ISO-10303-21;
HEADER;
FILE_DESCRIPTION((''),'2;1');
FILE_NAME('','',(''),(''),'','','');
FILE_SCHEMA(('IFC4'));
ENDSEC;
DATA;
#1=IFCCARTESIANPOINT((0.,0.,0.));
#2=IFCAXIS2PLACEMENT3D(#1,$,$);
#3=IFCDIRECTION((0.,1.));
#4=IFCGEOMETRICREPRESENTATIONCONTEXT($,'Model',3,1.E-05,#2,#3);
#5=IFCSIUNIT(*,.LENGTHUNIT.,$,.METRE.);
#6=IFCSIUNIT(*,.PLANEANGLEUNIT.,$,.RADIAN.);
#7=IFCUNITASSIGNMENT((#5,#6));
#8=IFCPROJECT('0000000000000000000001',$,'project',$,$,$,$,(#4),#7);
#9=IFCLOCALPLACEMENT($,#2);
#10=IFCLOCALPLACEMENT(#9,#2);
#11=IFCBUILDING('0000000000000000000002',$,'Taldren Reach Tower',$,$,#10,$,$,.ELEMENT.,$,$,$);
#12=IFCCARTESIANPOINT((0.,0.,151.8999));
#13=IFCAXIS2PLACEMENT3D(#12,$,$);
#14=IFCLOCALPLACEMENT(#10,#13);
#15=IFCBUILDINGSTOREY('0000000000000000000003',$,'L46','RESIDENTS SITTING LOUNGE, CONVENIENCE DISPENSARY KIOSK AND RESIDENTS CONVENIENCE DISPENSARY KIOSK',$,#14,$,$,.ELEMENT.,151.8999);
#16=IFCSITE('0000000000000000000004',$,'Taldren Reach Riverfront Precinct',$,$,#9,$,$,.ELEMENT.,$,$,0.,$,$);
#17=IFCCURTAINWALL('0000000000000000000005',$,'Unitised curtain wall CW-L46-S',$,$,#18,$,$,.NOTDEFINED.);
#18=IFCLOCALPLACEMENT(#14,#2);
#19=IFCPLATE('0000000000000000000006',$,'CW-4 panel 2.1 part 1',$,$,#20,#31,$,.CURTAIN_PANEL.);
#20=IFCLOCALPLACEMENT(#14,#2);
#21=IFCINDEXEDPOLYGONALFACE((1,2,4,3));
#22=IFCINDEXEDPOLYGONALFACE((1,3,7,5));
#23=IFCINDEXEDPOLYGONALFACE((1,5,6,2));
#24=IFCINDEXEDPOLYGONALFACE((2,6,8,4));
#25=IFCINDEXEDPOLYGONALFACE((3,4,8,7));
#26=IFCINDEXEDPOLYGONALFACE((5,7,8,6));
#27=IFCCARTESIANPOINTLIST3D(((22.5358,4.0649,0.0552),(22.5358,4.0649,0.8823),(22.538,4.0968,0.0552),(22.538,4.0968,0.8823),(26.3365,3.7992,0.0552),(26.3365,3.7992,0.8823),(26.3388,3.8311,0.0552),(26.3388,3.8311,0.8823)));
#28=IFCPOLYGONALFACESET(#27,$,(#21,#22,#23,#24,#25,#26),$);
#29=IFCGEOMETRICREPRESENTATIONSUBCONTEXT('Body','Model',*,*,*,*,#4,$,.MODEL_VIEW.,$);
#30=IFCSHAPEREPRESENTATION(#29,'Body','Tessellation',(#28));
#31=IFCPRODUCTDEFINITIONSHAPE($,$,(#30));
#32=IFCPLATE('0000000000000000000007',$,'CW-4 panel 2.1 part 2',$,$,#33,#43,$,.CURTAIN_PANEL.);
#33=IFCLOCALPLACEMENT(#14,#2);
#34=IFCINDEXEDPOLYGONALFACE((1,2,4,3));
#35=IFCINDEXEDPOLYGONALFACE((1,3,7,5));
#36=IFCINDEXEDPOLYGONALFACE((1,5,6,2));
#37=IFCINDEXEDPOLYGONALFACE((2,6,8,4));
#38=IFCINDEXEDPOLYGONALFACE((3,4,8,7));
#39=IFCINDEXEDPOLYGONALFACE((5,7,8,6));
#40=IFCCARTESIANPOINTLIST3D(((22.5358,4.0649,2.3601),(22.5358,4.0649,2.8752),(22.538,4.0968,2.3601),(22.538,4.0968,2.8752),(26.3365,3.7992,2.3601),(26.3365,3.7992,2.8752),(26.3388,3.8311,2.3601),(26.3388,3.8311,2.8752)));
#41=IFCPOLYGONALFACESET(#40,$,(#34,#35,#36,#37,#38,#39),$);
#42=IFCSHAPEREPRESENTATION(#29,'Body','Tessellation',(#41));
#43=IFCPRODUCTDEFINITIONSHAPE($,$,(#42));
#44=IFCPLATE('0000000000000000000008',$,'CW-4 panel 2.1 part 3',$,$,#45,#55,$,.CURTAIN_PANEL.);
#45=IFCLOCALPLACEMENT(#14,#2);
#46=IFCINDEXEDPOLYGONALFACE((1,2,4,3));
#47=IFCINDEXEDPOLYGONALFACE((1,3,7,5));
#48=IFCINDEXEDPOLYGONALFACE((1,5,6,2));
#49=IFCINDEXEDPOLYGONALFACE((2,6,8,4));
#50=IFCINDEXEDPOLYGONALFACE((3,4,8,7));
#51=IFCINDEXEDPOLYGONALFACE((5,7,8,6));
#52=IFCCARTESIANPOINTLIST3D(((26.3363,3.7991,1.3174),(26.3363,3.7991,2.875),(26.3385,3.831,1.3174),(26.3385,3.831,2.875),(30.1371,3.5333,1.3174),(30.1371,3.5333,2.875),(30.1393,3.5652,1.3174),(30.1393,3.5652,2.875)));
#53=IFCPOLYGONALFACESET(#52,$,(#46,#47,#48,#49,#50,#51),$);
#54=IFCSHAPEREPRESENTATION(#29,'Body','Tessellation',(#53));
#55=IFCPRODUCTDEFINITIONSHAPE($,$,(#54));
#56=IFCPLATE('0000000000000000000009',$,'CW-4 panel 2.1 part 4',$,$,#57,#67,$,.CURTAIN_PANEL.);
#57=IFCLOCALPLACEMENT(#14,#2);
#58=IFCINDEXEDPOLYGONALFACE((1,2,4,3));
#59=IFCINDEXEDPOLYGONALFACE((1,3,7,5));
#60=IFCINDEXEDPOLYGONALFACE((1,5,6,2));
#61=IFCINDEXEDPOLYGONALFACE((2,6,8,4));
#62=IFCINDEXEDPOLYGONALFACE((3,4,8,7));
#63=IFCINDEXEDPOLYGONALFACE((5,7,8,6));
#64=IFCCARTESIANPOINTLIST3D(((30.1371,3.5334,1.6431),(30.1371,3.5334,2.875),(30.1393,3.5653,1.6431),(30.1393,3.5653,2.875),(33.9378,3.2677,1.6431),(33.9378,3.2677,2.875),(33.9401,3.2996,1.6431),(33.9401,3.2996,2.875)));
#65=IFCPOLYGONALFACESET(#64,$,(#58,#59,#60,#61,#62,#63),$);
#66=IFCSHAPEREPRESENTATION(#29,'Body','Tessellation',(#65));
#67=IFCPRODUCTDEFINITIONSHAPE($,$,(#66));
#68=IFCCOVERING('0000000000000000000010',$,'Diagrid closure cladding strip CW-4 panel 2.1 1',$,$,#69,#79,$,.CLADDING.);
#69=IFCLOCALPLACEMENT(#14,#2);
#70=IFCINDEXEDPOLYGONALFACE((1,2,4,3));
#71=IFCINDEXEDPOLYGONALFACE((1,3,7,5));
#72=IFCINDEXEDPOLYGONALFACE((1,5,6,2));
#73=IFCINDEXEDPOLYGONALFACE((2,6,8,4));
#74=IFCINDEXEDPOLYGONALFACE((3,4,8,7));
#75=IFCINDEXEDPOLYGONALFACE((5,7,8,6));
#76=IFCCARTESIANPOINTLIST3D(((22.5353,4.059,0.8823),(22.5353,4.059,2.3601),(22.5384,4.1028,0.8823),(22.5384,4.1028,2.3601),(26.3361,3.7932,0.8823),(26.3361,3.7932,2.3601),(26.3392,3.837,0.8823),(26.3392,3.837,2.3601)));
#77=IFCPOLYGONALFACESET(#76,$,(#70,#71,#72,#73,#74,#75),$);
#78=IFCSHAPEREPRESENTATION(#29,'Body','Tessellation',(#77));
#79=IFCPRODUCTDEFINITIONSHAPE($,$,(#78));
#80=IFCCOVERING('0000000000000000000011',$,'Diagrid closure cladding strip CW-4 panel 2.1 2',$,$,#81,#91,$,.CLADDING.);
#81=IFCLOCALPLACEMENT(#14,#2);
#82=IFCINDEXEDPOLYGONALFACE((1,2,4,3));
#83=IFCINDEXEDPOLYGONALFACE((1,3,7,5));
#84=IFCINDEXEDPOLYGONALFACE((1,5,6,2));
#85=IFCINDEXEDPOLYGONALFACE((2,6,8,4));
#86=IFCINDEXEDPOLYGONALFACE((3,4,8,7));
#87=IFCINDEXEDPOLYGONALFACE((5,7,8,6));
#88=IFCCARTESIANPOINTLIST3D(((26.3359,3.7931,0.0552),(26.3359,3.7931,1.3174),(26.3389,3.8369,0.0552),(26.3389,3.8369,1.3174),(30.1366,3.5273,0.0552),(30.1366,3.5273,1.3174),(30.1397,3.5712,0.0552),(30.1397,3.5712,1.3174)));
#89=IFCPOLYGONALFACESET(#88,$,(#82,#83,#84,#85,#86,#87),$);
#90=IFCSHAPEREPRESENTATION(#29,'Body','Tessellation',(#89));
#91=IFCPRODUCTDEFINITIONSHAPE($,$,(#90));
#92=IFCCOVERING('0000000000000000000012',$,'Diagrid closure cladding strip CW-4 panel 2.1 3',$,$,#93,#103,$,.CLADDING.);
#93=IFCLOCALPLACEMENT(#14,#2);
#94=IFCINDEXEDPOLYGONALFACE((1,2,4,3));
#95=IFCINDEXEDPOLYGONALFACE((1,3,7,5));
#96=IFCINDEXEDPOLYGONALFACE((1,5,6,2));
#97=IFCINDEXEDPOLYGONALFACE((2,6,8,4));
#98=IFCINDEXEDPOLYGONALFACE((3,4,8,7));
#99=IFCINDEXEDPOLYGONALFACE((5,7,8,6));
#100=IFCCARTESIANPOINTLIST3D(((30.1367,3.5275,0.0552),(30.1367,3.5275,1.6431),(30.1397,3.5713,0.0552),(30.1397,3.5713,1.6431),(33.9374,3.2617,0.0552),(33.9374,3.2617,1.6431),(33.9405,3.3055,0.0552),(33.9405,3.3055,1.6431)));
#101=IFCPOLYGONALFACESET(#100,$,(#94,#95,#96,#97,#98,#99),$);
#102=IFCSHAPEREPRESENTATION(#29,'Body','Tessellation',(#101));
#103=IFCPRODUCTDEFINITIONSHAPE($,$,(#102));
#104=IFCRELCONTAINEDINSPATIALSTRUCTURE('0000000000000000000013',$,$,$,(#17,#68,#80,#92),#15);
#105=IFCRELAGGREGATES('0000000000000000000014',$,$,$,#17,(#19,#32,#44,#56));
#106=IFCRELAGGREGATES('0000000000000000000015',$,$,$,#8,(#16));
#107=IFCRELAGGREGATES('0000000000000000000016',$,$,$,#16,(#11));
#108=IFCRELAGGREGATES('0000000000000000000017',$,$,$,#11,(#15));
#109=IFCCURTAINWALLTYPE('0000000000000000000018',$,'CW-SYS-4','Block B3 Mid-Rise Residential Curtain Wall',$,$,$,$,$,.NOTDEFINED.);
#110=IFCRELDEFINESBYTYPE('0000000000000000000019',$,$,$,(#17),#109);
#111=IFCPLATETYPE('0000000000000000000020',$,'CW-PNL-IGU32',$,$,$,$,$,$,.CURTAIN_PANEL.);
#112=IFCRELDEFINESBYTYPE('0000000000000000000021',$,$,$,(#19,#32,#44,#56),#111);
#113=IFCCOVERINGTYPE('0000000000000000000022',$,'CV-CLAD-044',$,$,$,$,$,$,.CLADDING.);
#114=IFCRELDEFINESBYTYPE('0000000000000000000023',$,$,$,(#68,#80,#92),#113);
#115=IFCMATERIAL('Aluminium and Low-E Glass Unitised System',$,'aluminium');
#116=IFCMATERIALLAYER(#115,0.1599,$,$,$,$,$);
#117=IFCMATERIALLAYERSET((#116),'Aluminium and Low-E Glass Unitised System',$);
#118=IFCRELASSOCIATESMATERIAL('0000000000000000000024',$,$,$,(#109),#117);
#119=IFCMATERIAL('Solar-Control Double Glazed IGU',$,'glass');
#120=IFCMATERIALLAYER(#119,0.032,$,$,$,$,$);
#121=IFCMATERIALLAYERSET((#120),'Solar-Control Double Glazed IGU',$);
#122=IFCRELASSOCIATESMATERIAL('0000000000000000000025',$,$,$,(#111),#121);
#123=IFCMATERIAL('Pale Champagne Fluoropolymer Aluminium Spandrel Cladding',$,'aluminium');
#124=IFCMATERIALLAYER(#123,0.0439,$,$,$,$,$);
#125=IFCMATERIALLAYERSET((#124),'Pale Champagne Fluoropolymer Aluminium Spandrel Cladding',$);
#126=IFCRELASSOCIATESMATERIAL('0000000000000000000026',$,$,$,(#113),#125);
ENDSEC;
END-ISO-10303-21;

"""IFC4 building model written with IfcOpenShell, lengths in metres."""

from ifc_helpers import new_model, si_unit, direction, frame, origin, origin_2d, place, context, subcontext, project, spatial, rectangle, extrude, source, transform, mapped, material, layer, layer_set, type_object, element, aggregate, save


model = new_model("IFC4")

# Units and contexts
model_context = context("Model", 3, precision=1e-05, world=origin(), true_north=direction((0.0, 1.0)))
body_context = subcontext(model_context, "Body", "Model", "MODEL_VIEW")
ifc_project = project(units=[si_unit("LENGTHUNIT", "METRE"), si_unit("PLANEANGLEUNIT", "RADIAN")], contexts=[model_context])

# Site, building, storey
site_placement = place(None, origin())
site = spatial("IfcSite", under=ifc_project, at=site_placement, Name="Taldren Reach Riverfront Precinct", CompositionType="ELEMENT", RefElevation=0.0)
building_placement = place(site_placement, origin())
building = spatial("IfcBuilding", under=site, at=building_placement, Name="Taldren Reach Tower", CompositionType="ELEMENT")
storey_placement = place(building_placement, frame((0.0, 0.0, 151.8999)))
storey = spatial("IfcBuildingStorey", under=building, at=storey_placement, Name="L46", Description="RESIDENTS SITTING LOUNGE, CONVENIENCE DISPENSARY KIOSK AND RESIDENTS CONVENIENCE DISPENSARY KIOSK", CompositionType="ELEMENT", Elevation=151.8999)

# Curtain wall
ifc_material_1 = material(Name="Aluminium and Low-E Glass Unitised System", Category="aluminium")
ifc_layer_1 = layer(ifc_material_1, 0.1599)
ifc_layer_set_1 = layer_set([ifc_layer_1], Name="Aluminium and Low-E Glass Unitised System")
curtain_wall_type = type_object("IfcCurtainWallType", Name="CW-SYS-4", Description="Block B3 Mid-Rise Residential Curtain Wall", PredefinedType="NOTDEFINED", material=ifc_layer_set_1)
curtain_wall_placement = place(storey_placement, origin())
curtain_wall = element("IfcCurtainWall", 1, at=curtain_wall_placement, inside=storey, type_object=curtain_wall_type, Name="Unitised curtain wall CW-L46-S", PredefinedType="NOTDEFINED")

# Plates
ifc_material_2 = material(Name="Solar-Control Double Glazed IGU", Category="glass")
ifc_layer_2 = layer(ifc_material_2, 0.032)
ifc_layer_set_2 = layer_set([ifc_layer_2], Name="Solar-Control Double Glazed IGU")
plate_type_1 = type_object("IfcPlateType", Name="CW-PNL-IGU32", PredefinedType="CURTAIN_PANEL", material=ifc_layer_set_2)
shared_shape_1 = source(origin(), body_context, "Body", "SweptSolid", [
    extrude(rectangle(XDim=3.8101, YDim=0.032, at=origin_2d()), origin(), (0.0, 0.0, 1.0), 0.8271),
])
plate_1_placement = place(storey_placement, frame((24.4373, 3.948, 0.0552), z_axis=(0.0, 0.0, 1.0), x_axis=(0.997564, -0.069757, 0.0)))
plate_1 = element("IfcPlate", 2, at=plate_1_placement, type_object=plate_type_1, Name="CW-4 panel 2.1 part 1", PredefinedType="CURTAIN_PANEL", context=body_context, shape_type="MappedRepresentation", body=[
    mapped(shared_shape_1, transform((0.0, 0.0, 0.0), scale=1.0)),
])
shared_shape_2 = source(origin(), body_context, "Body", "SweptSolid", [
    extrude(rectangle(XDim=3.8101, YDim=0.032, at=origin_2d()), origin(), (0.0, 0.0, 1.0), 0.5151),
])
plate_2_placement = place(storey_placement, frame((24.4373, 3.948, 2.3601), z_axis=(0.0, 0.0, 1.0), x_axis=(0.997564, -0.069757, 0.0)))
plate_2 = element("IfcPlate", 3, at=plate_2_placement, type_object=plate_type_1, Name="CW-4 panel 2.1 part 2", PredefinedType="CURTAIN_PANEL", context=body_context, shape_type="MappedRepresentation", body=[
    mapped(shared_shape_2, transform((0.0, 0.0, 0.0), scale=1.0)),
])
shared_shape_3 = source(origin(), body_context, "Body", "SweptSolid", [
    extrude(rectangle(XDim=3.8101, YDim=0.032, at=origin_2d()), origin(), (0.0, 0.0, 1.0), 1.5576),
])
plate_3_placement = place(storey_placement, frame((28.2378, 3.6821, 1.3174), z_axis=(0.0, 0.0, 1.0), x_axis=(0.997564, -0.069757, 0.0)))
plate_3 = element("IfcPlate", 4, at=plate_3_placement, type_object=plate_type_1, Name="CW-4 panel 2.1 part 3", PredefinedType="CURTAIN_PANEL", context=body_context, shape_type="MappedRepresentation", body=[
    mapped(shared_shape_3, transform((0.0, 0.0, 0.0), scale=1.0)),
])
shared_shape_4 = source(origin(), body_context, "Body", "SweptSolid", [
    extrude(rectangle(XDim=3.8101, YDim=0.032, at=origin_2d()), origin(), (0.0, 0.0, 1.0), 1.2319),
])
plate_4_placement = place(storey_placement, frame((32.0386, 3.4165, 1.6431), z_axis=(0.0, 0.0, 1.0), x_axis=(0.997564, -0.069757, 0.0)))
plate_4 = element("IfcPlate", 5, at=plate_4_placement, type_object=plate_type_1, Name="CW-4 panel 2.1 part 4", PredefinedType="CURTAIN_PANEL", context=body_context, shape_type="MappedRepresentation", body=[
    mapped(shared_shape_4, transform((0.0, 0.0, 0.0), scale=1.0)),
])
aggregate(curtain_wall, [plate_1, plate_2, plate_3, plate_4])

# Coverings
ifc_material_3 = material(Name="Pale Champagne Fluoropolymer Aluminium Spandrel Cladding", Category="aluminium")
ifc_layer_3 = layer(ifc_material_3, 0.0439)
ifc_layer_set_3 = layer_set([ifc_layer_3], Name="Pale Champagne Fluoropolymer Aluminium Spandrel Cladding")
covering_type = type_object("IfcCoveringType", Name="CV-CLAD-044", PredefinedType="CLADDING", material=ifc_layer_set_3)
shared_shape_5 = source(origin(), body_context, "Body", "SweptSolid", [
    extrude(rectangle(XDim=3.8101, YDim=0.0439, at=origin_2d()), origin(), (0.0, 0.0, 1.0), 1.4778),
])
covering_1_placement = place(storey_placement, frame((24.4373, 3.948, 0.8823), z_axis=(0.0, 0.0, 1.0), x_axis=(0.997564, -0.069757, 0.0)))
element("IfcCovering", 6, at=covering_1_placement, inside=storey, type_object=covering_type, Name="Diagrid closure cladding strip CW-4 panel 2.1 1", PredefinedType="CLADDING", context=body_context, shape_type="MappedRepresentation", body=[
    mapped(shared_shape_5, transform((0.0, 0.0, 0.0), scale=1.0)),
])
shared_shape_6 = source(origin(), body_context, "Body", "SweptSolid", [
    extrude(rectangle(XDim=3.8101, YDim=0.0439, at=origin_2d()), origin(), (0.0, 0.0, 1.0), 1.2622),
])
covering_2_placement = place(storey_placement, frame((28.2378, 3.6821, 0.0552), z_axis=(0.0, 0.0, 1.0), x_axis=(0.997564, -0.069757, 0.0)))
element("IfcCovering", 7, at=covering_2_placement, inside=storey, type_object=covering_type, Name="Diagrid closure cladding strip CW-4 panel 2.1 2", PredefinedType="CLADDING", context=body_context, shape_type="MappedRepresentation", body=[
    mapped(shared_shape_6, transform((0.0, 0.0, 0.0), scale=1.0)),
])
shared_shape_7 = source(origin(), body_context, "Body", "SweptSolid", [
    extrude(rectangle(XDim=3.8101, YDim=0.0439, at=origin_2d()), origin(), (0.0, 0.0, 1.0), 1.5879),
])
covering_3_placement = place(storey_placement, frame((32.0386, 3.4165, 0.0552), z_axis=(0.0, 0.0, 1.0), x_axis=(0.997564, -0.069757, 0.0)))
element("IfcCovering", 8, at=covering_3_placement, inside=storey, type_object=covering_type, Name="Diagrid closure cladding strip CW-4 panel 2.1 3", PredefinedType="CLADDING", context=body_context, shape_type="MappedRepresentation", body=[
    mapped(shared_shape_7, transform((0.0, 0.0, 0.0), scale=1.0)),
])

save(model, "model.ifc")
